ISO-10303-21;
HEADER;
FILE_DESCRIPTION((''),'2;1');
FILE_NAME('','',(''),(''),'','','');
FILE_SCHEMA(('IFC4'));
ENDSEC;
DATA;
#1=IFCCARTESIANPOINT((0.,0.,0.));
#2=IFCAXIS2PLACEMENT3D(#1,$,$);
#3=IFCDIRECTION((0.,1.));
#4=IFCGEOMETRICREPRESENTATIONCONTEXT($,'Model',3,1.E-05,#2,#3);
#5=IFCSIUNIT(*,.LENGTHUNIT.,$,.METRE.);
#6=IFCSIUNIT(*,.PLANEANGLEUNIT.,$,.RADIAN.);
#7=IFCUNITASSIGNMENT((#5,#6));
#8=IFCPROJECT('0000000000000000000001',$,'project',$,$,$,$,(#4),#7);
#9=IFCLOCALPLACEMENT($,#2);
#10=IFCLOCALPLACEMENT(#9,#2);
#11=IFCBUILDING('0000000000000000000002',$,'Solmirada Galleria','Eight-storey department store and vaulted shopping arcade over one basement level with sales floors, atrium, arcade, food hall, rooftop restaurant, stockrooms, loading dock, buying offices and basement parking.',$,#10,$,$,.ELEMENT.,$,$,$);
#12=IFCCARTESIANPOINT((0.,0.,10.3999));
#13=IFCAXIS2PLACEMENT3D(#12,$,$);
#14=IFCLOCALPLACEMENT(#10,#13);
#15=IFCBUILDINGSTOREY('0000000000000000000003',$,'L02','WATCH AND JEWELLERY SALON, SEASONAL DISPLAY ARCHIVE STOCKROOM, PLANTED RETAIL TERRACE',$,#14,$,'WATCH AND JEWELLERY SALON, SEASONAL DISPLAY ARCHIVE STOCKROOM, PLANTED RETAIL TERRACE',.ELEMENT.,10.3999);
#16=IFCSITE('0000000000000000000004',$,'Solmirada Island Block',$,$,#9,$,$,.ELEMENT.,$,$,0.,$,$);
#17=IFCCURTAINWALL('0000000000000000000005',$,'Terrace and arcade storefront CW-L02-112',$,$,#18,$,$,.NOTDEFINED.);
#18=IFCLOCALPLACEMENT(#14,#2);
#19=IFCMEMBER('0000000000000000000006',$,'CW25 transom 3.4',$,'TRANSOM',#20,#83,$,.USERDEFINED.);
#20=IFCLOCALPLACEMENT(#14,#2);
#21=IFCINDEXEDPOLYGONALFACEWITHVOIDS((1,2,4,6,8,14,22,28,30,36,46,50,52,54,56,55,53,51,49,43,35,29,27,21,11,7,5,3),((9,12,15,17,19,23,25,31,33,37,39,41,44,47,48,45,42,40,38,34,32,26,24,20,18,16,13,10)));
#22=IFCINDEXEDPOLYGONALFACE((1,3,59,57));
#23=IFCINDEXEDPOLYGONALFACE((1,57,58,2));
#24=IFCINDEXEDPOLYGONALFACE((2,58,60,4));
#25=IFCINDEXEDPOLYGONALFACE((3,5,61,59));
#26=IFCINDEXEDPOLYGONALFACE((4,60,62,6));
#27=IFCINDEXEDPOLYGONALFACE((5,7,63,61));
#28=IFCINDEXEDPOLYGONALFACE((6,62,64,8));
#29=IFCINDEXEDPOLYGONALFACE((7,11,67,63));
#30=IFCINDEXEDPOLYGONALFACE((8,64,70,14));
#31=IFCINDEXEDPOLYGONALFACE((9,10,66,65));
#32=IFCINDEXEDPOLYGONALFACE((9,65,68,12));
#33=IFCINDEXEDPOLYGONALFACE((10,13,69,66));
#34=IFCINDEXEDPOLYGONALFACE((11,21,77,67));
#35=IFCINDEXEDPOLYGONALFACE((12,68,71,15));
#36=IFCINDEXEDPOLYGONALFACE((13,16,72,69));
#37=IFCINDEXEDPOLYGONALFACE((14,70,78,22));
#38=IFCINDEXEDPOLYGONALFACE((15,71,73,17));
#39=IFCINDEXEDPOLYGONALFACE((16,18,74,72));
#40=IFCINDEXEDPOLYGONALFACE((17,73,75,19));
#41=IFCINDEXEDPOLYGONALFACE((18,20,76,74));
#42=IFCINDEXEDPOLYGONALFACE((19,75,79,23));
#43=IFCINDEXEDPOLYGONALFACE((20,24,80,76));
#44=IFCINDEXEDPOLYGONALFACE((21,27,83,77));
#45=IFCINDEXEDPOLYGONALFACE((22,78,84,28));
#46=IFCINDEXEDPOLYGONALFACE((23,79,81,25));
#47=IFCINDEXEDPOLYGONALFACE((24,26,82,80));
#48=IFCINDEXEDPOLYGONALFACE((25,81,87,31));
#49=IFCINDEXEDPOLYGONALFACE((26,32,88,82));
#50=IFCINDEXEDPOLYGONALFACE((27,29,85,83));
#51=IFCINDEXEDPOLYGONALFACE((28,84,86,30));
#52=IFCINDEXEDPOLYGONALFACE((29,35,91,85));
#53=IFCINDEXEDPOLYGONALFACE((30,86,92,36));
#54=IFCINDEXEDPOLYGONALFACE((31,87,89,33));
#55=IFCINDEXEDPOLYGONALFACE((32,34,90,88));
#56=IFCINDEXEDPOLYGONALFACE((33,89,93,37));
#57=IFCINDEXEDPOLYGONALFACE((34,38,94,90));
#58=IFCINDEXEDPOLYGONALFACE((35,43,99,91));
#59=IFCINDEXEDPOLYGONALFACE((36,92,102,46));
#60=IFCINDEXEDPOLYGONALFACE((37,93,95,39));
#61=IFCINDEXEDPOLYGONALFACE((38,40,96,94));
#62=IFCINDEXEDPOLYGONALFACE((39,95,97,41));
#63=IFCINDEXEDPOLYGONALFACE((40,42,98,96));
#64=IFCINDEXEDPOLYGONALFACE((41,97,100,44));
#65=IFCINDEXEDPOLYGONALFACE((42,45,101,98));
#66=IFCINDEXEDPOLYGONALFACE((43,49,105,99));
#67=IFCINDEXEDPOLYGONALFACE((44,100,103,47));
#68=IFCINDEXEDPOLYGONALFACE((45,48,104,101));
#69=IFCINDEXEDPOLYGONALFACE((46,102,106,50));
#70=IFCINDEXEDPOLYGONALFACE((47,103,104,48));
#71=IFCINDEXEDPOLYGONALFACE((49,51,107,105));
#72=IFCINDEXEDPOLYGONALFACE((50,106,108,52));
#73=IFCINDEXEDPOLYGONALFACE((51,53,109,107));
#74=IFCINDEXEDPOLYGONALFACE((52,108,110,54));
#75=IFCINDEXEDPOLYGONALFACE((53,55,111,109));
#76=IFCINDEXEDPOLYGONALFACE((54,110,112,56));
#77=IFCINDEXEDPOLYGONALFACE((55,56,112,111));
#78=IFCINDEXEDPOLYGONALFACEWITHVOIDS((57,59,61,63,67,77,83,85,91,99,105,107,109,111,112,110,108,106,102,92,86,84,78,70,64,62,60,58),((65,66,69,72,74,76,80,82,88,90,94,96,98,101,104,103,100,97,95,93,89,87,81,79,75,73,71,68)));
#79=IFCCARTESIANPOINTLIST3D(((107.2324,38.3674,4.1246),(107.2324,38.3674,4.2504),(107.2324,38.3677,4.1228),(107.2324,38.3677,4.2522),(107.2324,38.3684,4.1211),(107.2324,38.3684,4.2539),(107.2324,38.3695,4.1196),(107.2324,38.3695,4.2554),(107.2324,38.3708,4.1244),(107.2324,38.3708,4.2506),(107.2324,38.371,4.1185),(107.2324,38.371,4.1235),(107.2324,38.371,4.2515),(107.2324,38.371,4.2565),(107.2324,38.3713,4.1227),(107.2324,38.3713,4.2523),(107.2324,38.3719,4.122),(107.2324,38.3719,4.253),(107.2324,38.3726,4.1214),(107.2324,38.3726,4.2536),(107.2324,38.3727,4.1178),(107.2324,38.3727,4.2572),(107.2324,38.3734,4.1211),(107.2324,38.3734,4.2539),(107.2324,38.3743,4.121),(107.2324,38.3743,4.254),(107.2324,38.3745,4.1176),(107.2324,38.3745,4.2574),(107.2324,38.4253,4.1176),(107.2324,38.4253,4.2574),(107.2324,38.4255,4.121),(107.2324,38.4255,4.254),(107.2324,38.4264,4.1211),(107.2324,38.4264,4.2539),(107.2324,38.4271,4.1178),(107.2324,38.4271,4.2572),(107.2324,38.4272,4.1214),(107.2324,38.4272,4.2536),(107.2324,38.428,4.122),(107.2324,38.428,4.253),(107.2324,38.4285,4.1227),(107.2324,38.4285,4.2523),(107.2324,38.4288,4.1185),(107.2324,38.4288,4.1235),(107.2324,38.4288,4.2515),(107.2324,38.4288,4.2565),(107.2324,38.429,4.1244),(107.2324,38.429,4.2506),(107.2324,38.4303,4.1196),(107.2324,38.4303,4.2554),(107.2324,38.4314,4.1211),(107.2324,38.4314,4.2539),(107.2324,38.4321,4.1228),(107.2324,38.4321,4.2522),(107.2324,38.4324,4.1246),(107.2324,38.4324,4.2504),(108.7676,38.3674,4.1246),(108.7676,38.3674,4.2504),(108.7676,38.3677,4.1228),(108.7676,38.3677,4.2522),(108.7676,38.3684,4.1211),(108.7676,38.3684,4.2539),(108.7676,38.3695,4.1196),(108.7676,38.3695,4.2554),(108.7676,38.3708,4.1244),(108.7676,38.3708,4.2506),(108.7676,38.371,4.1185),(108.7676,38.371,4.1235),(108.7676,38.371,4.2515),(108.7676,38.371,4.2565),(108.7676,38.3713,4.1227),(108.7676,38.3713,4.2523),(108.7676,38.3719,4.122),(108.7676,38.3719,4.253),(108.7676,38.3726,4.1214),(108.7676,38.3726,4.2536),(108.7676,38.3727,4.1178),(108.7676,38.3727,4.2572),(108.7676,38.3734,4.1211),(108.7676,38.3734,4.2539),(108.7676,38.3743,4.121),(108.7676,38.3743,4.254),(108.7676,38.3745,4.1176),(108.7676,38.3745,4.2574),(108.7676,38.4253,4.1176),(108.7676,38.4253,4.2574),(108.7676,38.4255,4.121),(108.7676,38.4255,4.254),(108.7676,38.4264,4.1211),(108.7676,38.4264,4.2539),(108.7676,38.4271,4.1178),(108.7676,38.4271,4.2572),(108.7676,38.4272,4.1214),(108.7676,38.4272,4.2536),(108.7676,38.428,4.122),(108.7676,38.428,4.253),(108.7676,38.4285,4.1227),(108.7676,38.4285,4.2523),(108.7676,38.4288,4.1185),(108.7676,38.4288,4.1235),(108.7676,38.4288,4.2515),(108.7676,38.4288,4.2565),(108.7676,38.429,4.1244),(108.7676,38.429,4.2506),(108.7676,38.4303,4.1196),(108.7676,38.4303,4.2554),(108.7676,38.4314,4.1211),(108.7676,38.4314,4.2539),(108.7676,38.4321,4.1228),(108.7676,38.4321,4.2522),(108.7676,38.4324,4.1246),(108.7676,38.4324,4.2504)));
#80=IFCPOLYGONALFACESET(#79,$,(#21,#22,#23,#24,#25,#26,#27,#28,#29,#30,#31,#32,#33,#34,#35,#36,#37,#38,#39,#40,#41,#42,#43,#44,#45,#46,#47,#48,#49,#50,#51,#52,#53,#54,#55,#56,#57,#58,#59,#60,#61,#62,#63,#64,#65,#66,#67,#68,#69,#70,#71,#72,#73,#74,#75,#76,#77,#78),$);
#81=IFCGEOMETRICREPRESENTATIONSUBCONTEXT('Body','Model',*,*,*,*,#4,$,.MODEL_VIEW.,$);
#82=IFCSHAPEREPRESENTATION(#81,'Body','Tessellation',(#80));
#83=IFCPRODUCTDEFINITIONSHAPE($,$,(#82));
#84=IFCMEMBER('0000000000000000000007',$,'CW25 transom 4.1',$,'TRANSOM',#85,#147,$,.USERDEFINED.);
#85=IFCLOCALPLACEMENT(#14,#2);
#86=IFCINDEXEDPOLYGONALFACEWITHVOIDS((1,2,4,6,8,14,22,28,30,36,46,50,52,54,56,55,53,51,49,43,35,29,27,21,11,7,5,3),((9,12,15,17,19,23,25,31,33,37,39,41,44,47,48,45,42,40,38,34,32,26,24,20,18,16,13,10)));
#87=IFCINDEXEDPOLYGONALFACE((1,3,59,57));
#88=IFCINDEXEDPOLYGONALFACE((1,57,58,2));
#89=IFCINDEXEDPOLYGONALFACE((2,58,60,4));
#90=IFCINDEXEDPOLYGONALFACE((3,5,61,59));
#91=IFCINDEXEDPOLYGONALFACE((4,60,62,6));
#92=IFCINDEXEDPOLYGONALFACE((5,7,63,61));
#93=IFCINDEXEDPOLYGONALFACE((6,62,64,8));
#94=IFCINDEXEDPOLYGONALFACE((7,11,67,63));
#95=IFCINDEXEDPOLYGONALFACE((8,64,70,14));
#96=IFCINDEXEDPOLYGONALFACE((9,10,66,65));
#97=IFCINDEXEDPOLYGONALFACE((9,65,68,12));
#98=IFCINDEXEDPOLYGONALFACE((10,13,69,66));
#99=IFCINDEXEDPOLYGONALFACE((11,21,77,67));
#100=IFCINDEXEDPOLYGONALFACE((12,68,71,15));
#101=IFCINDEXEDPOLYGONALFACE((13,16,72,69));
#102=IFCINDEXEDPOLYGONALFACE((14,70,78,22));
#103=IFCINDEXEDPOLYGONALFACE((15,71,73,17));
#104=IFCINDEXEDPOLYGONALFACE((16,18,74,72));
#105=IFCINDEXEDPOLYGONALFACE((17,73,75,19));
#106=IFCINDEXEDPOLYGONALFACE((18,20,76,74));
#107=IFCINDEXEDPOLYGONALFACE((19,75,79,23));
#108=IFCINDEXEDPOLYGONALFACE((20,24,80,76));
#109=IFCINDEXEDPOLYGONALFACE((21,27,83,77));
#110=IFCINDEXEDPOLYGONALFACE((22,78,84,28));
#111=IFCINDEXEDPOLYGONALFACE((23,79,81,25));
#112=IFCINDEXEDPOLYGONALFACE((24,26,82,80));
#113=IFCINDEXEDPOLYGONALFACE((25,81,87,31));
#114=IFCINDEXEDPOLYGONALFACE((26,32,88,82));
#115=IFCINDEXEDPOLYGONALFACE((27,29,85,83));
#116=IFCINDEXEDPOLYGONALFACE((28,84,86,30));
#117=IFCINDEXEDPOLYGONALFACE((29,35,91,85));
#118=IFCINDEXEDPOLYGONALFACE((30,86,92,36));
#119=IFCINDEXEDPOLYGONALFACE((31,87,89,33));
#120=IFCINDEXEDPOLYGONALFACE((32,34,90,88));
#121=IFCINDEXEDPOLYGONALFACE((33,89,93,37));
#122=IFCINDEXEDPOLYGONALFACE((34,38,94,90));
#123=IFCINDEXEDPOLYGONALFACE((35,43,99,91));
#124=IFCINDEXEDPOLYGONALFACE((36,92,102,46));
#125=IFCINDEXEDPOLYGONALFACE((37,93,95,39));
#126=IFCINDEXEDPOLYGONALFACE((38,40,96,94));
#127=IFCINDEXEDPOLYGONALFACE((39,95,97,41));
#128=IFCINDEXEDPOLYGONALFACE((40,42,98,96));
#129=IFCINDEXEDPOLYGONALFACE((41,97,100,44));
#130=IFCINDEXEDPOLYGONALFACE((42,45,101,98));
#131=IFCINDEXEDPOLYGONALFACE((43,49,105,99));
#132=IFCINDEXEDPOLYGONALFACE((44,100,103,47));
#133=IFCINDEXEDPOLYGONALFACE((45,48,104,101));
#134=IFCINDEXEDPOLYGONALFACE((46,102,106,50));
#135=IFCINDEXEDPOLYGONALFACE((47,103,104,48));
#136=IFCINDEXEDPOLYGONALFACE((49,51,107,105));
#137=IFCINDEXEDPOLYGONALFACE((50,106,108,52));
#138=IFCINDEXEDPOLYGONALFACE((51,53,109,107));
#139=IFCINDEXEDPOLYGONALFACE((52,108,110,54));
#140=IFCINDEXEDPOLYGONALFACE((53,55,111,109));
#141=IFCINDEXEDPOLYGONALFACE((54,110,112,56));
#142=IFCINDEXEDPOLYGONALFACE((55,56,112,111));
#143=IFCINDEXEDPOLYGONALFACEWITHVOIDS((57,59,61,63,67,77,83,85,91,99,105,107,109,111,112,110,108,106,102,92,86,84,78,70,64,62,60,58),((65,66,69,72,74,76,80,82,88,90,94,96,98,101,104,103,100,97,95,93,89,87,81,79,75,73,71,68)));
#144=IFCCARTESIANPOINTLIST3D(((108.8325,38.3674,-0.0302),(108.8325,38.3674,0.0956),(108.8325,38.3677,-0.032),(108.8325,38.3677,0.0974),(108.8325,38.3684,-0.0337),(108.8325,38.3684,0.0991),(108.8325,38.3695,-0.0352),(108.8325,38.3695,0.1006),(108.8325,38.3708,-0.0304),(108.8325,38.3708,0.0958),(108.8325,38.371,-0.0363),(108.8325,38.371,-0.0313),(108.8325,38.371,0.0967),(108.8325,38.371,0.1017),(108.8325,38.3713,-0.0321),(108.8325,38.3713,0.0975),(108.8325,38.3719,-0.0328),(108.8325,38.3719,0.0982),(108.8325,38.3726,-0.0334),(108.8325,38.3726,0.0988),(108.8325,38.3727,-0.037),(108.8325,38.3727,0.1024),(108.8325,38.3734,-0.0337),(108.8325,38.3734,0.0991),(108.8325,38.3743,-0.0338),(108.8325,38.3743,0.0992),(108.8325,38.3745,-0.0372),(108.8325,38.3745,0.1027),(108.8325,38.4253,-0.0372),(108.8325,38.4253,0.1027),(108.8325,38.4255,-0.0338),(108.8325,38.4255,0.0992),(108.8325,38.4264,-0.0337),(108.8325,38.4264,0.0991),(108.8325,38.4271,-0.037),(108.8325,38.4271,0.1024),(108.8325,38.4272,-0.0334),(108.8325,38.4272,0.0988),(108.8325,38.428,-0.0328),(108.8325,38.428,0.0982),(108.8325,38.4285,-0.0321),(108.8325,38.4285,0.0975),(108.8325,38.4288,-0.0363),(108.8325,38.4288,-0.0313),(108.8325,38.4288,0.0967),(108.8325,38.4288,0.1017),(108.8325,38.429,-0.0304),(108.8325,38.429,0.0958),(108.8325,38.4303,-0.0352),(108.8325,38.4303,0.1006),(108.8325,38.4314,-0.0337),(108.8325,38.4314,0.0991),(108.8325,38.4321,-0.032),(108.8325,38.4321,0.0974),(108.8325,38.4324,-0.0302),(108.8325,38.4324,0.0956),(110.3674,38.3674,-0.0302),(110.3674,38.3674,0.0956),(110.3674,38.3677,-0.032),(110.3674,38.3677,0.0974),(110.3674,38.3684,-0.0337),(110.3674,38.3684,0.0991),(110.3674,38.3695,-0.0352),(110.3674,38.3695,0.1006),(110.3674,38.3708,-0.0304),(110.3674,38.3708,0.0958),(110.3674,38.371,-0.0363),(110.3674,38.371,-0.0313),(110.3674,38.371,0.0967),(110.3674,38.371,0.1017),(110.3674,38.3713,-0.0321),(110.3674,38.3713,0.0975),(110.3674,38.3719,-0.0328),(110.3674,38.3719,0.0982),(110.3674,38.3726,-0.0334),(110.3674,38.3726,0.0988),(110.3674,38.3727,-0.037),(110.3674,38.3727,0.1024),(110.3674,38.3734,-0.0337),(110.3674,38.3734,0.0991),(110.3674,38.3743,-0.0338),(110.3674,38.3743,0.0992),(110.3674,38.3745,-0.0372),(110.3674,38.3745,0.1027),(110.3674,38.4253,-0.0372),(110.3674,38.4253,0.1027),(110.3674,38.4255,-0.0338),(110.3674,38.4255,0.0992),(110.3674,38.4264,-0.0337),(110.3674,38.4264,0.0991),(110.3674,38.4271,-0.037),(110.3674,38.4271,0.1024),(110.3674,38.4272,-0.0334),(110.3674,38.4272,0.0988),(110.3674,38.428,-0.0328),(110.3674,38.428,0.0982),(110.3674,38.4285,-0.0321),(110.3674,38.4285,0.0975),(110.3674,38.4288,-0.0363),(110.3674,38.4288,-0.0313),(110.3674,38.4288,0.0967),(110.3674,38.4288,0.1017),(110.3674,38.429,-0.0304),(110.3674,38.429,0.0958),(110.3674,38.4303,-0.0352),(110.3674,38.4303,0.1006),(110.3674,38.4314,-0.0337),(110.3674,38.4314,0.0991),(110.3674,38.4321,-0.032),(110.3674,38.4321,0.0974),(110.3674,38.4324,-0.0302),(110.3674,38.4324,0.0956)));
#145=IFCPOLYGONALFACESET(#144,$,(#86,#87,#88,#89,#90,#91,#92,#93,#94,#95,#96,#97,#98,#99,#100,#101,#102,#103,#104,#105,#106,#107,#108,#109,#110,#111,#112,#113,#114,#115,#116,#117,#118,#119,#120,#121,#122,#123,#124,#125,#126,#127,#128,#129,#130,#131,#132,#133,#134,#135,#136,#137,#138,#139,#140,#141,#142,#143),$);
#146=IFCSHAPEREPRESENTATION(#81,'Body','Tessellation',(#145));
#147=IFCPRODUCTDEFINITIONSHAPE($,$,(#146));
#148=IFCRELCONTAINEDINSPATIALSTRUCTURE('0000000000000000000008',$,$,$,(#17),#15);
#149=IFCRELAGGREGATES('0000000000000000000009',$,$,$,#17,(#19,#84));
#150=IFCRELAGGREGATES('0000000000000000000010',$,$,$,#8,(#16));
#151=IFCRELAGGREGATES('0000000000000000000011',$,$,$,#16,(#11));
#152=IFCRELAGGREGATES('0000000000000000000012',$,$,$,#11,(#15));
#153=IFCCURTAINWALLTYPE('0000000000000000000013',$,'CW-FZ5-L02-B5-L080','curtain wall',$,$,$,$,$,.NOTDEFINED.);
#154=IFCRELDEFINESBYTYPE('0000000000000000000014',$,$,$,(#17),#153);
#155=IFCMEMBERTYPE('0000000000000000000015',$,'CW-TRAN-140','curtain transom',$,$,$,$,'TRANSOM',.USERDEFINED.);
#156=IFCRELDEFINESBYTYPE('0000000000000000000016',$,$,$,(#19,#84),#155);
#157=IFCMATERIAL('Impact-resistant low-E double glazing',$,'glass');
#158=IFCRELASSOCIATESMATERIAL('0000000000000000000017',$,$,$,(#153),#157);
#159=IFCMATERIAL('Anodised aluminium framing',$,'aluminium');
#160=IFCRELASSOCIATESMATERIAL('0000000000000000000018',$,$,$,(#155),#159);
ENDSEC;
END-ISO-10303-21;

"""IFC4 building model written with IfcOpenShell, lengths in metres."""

from ifc_helpers import new_model, si_unit, direction, frame, origin, origin_2d, place, context, subcontext, project, spatial, hollow_rectangle, extrude, material, material_profile, profile_set, type_object, element, aggregate, save


model = new_model("IFC4")

# Units and contexts
model_context = context("Model", 3, precision=1e-05, world=origin(), true_north=direction((0.0, 1.0)))
body_context = subcontext(model_context, "Body", "Model", "MODEL_VIEW")
ifc_project = project(units=[si_unit("LENGTHUNIT", "METRE"), si_unit("PLANEANGLEUNIT", "RADIAN")], contexts=[model_context])

# Site, building, storey
site_placement = place(None, origin())
site = spatial("IfcSite", under=ifc_project, at=site_placement, Name="Solmirada Island Block", CompositionType="ELEMENT", RefElevation=0.0)
building_placement = place(site_placement, origin())
building = spatial("IfcBuilding", under=site, at=building_placement, Name="Solmirada Galleria", Description="Eight-storey department store and vaulted shopping arcade over one basement level with sales floors, atrium, arcade, food hall, rooftop restaurant, stockrooms, loading dock, buying offices and basement parking.", CompositionType="ELEMENT")
storey_placement = place(building_placement, frame((0.0, 0.0, 10.3999)))
storey = spatial("IfcBuildingStorey", under=building, at=storey_placement, Name="L02", Description="WATCH AND JEWELLERY SALON, SEASONAL DISPLAY ARCHIVE STOCKROOM, PLANTED RETAIL TERRACE", LongName="WATCH AND JEWELLERY SALON, SEASONAL DISPLAY ARCHIVE STOCKROOM, PLANTED RETAIL TERRACE", CompositionType="ELEMENT", Elevation=10.3999)

# Curtain wall
ifc_material_1 = material(Name="Impact-resistant low-E double glazing", Category="glass")
curtain_wall_type = type_object("IfcCurtainWallType", Name="CW-FZ5-L02-B5-L080", Description="curtain wall", PredefinedType="NOTDEFINED", material=ifc_material_1)
curtain_wall_1_placement = place(storey_placement, origin())
curtain_wall_1 = element("IfcCurtainWall", 1, at=curtain_wall_1_placement, inside=storey, type_object=curtain_wall_type, Name="Terrace and arcade storefront CW-L02-112", PredefinedType="NOTDEFINED")
ifc_material_2 = material(Name="Anodised aluminium framing", Category="aluminium")

# Members
ifc_material_profile_1 = material_profile(ifc_material_2, hollow_rectangle(XDim=0.0649, YDim=0.1399, WallThickness=0.0034, InnerFilletRadius=0.0034, OuterFilletRadius=0.0071, at=origin_2d()), Name="ALU-TRAN-140X65")
ifc_profile_set_1 = profile_set([ifc_material_profile_1], Name="Anodised aluminium framing")
member_type_1 = type_object("IfcMemberType", Name="CW-TRAN-140", Description="curtain transom", ElementType="TRANSOM", PredefinedType="USERDEFINED", material=ifc_profile_set_1)
member_1_placement = place(storey_placement, frame((107.2324, 38.3999, 4.1875), z_axis=(1.0, 0.0, 0.0), x_axis=(0.0, 1.0, 0.0)))
member_1 = element("IfcMember", 2, at=member_1_placement, type_object=member_type_1, Name="CW25 transom 3.4", ObjectType="TRANSOM", PredefinedType="USERDEFINED", context=body_context, shape_type="SweptSolid", body=[
    extrude(hollow_rectangle(XDim=0.0649, YDim=0.1399, WallThickness=0.0034, InnerFilletRadius=0.0034, OuterFilletRadius=0.0071, at=origin_2d()), origin(), (0.0, 0.0, 1.0), 1.5352),
])
member_2_placement = place(storey_placement, frame((108.8325, 38.3999, 0.0327), z_axis=(1.0, 0.0, 0.0), x_axis=(0.0, 1.0, 0.0)))
member_2 = element("IfcMember", 3, at=member_2_placement, type_object=member_type_1, Name="CW25 transom 4.1", ObjectType="TRANSOM", PredefinedType="USERDEFINED", context=body_context, shape_type="SweptSolid", body=[
    extrude(hollow_rectangle(XDim=0.0649, YDim=0.1399, WallThickness=0.0034, InnerFilletRadius=0.0034, OuterFilletRadius=0.0071, at=origin_2d()), origin(), (0.0, 0.0, 1.0), 1.5349),
])

aggregate(curtain_wall_1, [member_1, member_2])

save(model, "model.ifc")
